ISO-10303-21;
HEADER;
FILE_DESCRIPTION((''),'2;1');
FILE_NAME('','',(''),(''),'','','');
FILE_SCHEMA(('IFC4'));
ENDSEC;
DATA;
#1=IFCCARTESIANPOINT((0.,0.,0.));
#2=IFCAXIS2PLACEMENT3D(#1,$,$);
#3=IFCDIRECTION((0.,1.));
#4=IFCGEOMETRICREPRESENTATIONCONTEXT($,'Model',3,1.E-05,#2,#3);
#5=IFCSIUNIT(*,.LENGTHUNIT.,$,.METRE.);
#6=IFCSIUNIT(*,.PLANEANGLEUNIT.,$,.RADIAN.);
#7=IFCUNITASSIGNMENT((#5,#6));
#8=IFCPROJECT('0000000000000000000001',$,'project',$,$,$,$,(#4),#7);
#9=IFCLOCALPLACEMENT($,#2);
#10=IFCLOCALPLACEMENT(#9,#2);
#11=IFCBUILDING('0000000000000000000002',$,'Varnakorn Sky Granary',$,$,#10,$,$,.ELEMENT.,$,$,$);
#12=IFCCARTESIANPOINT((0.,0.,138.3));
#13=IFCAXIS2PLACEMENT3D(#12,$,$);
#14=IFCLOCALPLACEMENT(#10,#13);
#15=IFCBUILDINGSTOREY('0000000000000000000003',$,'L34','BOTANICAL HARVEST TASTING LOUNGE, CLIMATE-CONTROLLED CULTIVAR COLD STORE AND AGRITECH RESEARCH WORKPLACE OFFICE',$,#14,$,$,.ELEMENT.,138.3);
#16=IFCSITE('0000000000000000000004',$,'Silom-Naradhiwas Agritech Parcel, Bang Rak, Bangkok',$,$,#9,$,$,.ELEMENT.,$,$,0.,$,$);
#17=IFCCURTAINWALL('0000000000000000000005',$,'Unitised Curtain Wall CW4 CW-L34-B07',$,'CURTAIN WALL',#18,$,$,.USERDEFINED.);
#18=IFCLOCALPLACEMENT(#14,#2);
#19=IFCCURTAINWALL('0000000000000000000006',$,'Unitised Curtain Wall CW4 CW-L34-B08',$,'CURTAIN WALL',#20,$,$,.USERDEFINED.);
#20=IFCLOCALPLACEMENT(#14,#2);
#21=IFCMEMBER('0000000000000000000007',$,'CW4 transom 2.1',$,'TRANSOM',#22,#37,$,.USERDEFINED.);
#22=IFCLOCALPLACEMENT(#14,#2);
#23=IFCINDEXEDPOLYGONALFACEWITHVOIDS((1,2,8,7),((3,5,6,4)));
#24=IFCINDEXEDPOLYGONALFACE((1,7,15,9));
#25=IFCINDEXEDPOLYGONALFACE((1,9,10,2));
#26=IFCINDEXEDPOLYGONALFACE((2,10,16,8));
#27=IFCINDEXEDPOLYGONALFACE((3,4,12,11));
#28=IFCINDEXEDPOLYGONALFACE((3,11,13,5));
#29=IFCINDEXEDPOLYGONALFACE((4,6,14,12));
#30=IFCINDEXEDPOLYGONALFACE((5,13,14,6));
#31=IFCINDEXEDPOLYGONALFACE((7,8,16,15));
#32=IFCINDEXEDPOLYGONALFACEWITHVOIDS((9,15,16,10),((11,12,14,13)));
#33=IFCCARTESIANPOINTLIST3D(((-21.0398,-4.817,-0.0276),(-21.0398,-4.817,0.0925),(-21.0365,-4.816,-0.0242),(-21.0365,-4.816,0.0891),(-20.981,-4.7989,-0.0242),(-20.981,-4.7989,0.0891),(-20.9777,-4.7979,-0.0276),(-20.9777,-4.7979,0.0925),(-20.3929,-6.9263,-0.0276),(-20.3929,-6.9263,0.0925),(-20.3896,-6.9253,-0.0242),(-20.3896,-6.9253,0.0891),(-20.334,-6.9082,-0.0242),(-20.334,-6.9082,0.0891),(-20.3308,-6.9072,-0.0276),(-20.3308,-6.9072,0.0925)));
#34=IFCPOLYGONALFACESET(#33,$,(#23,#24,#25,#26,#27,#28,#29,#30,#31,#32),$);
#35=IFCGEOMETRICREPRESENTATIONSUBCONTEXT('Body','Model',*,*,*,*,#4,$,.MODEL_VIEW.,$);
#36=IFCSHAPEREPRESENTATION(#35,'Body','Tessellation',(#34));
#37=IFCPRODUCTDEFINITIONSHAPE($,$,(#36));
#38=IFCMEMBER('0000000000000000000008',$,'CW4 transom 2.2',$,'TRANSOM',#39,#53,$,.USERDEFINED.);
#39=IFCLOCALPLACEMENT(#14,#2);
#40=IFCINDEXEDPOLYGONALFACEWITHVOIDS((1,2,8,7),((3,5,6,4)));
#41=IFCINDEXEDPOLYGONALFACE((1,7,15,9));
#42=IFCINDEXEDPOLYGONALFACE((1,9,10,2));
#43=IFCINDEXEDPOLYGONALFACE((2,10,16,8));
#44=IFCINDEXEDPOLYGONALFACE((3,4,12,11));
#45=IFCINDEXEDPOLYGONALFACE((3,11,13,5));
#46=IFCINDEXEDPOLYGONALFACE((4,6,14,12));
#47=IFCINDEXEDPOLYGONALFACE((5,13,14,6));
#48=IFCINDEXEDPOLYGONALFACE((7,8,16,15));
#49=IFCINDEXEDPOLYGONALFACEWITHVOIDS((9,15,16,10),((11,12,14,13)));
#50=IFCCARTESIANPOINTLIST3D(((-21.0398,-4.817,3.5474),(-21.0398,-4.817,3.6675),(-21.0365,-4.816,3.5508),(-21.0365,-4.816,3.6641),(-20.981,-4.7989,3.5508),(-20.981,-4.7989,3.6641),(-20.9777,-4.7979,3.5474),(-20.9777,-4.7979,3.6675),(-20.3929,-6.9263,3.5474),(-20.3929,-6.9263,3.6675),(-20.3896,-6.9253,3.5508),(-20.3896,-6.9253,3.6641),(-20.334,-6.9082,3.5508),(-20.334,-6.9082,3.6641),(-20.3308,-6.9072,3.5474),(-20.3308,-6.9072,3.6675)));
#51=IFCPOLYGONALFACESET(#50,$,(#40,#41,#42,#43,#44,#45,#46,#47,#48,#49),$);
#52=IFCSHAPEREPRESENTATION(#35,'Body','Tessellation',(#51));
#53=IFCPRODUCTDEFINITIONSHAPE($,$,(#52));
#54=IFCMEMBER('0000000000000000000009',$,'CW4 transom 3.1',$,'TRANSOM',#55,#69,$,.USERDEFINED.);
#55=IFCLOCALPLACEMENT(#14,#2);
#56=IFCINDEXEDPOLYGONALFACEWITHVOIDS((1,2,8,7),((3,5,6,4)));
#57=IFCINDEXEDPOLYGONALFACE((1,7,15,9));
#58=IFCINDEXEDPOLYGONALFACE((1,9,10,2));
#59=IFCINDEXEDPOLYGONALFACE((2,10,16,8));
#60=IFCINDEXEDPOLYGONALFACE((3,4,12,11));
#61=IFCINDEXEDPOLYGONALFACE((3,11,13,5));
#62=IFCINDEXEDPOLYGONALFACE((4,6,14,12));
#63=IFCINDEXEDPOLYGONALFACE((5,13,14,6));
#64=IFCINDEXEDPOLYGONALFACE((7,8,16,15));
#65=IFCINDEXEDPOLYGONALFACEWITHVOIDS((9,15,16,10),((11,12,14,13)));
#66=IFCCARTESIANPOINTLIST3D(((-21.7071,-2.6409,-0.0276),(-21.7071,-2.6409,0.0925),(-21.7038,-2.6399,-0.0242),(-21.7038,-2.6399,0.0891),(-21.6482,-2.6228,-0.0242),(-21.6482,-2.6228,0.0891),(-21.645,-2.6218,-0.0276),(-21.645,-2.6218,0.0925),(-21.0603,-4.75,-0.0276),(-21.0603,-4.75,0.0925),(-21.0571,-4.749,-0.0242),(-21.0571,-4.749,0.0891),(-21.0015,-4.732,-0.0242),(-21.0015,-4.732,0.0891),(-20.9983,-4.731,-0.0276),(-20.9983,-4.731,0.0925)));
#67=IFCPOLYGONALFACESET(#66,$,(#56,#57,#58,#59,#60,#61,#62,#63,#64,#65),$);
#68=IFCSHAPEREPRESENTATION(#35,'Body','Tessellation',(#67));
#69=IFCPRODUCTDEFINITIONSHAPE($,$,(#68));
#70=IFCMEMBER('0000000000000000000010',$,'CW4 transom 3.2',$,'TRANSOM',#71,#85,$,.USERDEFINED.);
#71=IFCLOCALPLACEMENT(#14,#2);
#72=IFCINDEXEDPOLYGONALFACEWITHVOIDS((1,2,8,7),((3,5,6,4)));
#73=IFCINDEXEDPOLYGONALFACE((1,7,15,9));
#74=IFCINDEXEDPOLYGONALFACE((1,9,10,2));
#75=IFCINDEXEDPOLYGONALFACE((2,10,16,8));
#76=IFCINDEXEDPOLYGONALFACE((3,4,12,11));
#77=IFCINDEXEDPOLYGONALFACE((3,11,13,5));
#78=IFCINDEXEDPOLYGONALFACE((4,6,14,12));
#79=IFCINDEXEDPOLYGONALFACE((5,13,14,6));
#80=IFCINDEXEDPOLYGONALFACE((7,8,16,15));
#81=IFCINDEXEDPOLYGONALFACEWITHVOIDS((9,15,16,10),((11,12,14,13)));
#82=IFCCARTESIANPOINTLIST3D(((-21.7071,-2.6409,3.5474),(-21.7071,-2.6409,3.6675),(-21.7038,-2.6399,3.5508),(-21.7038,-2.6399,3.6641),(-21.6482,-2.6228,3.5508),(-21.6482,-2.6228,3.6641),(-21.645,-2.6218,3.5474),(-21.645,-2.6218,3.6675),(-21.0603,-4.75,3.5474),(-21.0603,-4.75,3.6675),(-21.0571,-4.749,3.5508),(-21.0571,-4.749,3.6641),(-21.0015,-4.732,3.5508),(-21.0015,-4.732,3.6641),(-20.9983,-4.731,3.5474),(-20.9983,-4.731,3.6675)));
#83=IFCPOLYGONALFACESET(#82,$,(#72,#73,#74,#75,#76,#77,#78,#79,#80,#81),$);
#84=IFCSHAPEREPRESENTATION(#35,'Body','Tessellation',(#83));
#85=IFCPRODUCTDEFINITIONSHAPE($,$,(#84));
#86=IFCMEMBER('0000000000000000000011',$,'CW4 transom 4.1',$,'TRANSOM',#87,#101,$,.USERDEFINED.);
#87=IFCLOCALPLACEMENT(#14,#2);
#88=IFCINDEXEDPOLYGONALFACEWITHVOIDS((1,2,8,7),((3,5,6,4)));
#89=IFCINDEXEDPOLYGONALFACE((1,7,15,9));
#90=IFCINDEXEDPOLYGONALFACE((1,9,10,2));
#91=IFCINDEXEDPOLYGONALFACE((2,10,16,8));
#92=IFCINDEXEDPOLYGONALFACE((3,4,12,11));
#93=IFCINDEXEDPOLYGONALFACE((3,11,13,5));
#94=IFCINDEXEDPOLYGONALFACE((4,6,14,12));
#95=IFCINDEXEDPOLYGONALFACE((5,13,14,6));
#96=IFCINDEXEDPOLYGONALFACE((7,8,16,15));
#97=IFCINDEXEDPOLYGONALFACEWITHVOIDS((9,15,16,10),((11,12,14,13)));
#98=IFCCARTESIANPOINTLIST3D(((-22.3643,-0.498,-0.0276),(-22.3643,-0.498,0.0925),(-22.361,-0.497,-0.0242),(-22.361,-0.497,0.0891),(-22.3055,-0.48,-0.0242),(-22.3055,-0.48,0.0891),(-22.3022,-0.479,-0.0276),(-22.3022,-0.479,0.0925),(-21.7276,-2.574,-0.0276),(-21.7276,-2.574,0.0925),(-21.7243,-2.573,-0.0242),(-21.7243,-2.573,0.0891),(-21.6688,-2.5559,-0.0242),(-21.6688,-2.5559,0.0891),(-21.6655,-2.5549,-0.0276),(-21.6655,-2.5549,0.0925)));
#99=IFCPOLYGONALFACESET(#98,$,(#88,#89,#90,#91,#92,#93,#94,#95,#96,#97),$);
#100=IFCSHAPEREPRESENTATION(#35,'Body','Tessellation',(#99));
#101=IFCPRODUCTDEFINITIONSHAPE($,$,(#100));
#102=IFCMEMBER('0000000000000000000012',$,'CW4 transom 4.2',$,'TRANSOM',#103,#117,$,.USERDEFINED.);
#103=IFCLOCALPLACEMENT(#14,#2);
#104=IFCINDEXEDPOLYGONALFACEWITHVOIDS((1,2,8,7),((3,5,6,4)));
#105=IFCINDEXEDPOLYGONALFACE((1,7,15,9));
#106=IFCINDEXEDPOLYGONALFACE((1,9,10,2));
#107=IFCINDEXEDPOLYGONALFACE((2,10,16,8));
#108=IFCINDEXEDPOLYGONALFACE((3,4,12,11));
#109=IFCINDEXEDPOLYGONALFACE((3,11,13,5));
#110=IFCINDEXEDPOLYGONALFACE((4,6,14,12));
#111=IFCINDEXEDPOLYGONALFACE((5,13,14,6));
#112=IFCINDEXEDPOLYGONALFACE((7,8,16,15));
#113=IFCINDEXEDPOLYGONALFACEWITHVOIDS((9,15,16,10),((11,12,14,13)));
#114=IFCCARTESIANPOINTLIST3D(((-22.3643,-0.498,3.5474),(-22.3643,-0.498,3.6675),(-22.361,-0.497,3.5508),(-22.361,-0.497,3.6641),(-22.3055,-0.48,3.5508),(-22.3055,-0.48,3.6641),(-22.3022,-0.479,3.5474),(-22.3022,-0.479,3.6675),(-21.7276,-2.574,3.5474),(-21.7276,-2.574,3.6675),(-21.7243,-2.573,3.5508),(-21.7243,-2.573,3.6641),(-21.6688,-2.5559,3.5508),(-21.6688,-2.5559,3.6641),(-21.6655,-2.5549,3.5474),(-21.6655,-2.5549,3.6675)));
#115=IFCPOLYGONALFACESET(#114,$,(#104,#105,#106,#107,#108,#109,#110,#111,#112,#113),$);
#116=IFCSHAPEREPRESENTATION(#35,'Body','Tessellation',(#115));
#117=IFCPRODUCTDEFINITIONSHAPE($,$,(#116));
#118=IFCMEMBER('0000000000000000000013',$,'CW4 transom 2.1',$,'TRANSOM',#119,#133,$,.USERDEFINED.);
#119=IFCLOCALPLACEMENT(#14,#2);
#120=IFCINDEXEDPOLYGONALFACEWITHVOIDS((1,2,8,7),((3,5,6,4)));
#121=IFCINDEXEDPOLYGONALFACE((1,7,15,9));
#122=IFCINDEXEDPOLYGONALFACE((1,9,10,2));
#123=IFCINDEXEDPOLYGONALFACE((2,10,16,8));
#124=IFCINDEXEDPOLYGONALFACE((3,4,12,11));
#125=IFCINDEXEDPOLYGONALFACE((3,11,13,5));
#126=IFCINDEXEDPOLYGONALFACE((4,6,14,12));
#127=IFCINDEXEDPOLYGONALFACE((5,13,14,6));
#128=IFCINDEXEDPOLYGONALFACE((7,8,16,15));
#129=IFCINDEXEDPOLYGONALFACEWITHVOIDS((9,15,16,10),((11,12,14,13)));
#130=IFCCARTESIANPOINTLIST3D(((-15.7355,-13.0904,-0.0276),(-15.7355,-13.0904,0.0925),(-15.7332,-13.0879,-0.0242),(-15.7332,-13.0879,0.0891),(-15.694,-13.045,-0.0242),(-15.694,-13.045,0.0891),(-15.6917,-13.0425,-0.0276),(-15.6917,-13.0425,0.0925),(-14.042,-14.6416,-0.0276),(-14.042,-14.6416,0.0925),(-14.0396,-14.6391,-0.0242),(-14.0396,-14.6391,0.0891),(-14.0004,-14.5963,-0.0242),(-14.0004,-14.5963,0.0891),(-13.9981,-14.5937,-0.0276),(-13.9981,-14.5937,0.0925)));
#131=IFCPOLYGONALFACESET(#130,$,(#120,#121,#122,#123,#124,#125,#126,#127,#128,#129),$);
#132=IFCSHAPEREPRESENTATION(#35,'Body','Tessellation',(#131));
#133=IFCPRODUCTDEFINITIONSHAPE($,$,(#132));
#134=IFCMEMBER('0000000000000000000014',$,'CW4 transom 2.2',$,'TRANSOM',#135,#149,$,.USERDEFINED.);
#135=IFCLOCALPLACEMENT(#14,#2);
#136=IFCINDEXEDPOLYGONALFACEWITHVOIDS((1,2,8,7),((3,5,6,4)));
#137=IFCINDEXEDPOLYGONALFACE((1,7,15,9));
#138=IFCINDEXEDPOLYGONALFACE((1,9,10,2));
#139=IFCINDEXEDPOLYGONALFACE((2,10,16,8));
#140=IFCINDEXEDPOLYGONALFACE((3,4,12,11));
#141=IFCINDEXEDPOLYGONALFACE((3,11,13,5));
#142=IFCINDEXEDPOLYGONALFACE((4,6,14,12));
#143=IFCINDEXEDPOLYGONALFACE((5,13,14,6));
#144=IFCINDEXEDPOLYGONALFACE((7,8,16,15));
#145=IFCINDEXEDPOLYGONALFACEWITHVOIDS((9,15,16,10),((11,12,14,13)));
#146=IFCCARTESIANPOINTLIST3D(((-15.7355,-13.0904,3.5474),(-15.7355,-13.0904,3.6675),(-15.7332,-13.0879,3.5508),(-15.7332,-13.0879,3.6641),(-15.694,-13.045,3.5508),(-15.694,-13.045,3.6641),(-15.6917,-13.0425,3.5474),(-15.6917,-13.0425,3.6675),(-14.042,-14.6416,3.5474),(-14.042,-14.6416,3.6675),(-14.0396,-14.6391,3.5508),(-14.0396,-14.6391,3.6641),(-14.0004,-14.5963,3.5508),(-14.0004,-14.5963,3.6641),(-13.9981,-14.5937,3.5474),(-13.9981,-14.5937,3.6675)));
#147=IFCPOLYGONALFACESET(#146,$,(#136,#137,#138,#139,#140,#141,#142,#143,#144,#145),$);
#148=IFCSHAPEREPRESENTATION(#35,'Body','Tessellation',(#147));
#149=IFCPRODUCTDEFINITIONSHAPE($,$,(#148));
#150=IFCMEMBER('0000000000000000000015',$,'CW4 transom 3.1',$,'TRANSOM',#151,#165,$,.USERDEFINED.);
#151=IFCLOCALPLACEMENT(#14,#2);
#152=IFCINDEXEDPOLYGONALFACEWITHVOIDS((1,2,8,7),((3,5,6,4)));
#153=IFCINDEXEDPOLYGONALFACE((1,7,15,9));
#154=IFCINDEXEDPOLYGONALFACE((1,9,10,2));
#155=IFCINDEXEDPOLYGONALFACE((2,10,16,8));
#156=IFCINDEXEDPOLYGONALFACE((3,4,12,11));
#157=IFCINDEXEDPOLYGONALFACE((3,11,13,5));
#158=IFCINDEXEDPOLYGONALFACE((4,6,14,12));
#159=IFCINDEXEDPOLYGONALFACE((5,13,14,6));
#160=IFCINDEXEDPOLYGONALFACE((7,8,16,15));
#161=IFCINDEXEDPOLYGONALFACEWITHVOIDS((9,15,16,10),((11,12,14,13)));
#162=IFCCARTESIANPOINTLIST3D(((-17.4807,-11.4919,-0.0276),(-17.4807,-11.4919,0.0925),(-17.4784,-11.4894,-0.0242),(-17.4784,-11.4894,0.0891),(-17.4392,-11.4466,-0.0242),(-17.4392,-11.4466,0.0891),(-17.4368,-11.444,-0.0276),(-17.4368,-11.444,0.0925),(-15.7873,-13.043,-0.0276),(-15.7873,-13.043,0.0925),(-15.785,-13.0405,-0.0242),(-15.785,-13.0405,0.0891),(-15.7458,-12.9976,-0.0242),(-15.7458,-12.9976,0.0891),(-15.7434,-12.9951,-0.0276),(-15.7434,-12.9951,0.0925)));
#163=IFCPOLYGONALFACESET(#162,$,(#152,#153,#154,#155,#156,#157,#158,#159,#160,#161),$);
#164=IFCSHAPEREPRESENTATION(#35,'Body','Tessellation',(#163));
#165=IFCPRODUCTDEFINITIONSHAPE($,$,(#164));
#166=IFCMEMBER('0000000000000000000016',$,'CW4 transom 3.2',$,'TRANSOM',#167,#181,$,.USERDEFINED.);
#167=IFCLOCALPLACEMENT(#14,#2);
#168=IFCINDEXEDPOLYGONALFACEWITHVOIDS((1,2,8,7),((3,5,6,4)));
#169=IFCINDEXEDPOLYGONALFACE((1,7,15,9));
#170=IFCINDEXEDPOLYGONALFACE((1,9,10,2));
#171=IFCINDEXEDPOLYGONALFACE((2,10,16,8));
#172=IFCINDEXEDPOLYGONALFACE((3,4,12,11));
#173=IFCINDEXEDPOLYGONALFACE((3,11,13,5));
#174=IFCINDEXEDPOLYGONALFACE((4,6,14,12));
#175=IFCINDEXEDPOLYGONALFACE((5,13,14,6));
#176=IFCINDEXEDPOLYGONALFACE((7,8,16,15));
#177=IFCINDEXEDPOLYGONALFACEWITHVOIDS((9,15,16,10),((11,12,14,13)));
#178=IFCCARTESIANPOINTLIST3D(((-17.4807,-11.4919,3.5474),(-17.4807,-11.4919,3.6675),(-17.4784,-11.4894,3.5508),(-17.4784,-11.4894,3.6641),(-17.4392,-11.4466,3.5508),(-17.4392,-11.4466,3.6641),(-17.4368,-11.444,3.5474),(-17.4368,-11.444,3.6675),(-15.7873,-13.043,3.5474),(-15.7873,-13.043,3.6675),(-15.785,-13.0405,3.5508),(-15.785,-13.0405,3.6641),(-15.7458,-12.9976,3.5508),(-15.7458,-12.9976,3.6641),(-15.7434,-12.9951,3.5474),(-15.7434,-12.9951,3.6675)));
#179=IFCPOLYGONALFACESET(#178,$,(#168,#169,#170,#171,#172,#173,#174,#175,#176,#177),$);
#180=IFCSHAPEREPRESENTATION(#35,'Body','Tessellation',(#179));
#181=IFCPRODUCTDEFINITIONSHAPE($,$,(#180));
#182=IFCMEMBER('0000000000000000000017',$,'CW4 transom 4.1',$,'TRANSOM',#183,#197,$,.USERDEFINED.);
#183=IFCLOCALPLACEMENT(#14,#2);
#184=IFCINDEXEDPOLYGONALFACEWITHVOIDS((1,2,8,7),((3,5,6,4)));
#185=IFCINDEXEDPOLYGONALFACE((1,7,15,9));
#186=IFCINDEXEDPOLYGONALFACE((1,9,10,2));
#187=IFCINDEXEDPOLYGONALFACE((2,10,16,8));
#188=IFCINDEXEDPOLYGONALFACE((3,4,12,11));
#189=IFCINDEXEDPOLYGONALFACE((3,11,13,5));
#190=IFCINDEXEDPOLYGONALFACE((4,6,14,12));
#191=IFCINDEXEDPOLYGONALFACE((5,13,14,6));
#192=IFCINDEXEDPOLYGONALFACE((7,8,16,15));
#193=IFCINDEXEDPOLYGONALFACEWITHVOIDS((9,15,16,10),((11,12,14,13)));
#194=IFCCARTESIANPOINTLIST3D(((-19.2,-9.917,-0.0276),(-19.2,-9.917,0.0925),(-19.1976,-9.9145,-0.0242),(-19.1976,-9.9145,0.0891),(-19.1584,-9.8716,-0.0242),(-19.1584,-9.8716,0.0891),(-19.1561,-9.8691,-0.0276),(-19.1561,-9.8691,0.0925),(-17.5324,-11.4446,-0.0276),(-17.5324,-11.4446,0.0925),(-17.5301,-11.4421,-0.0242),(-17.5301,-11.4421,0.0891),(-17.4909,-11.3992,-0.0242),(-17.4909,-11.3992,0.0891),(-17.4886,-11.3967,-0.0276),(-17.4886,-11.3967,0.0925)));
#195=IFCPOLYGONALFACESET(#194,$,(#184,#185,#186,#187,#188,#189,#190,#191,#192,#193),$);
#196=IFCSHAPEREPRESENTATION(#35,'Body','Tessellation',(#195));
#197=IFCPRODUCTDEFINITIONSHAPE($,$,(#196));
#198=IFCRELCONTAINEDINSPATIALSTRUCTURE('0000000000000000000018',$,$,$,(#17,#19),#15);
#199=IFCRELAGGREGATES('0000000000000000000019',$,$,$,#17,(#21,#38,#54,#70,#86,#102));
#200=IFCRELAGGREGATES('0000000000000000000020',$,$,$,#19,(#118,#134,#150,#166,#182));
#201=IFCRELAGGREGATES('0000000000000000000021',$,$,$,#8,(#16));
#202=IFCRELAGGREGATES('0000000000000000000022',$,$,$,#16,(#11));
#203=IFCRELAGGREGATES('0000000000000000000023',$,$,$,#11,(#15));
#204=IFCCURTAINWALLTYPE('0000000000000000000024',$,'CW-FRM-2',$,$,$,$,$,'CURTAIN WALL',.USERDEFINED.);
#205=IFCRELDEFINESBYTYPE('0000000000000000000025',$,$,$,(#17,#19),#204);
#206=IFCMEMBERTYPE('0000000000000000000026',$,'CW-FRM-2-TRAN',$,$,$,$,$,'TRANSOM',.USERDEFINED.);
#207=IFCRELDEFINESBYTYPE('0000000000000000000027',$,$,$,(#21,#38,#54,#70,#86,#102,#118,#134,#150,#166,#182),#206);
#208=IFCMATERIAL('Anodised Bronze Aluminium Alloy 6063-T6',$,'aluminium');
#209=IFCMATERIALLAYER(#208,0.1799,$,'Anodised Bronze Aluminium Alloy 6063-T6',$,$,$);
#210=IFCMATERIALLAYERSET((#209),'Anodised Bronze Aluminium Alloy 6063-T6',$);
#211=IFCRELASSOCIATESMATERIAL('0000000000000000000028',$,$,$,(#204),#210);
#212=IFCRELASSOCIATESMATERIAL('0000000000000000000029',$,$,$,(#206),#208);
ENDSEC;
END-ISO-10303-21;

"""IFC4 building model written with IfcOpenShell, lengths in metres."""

from ifc_helpers import new_model, si_unit, direction, frame, origin, origin_2d, place, context, subcontext, project, spatial, hollow_rectangle, extrude, material, layer, layer_set, material_profile, profile_set, type_object, element, aggregate, save


model = new_model("IFC4")

# Units and contexts
model_context = context("Model", 3, precision=1e-05, world=origin(), true_north=direction((0.0, 1.0)))
body_context = subcontext(model_context, "Body", "Model", "MODEL_VIEW")
ifc_project = project(units=[si_unit("LENGTHUNIT", "METRE"), si_unit("PLANEANGLEUNIT", "RADIAN")], contexts=[model_context])

# Site, building, storey
site_placement = place(None, origin())
site = spatial("IfcSite", under=ifc_project, at=site_placement, Name="Silom-Naradhiwas Agritech Parcel, Bang Rak, Bangkok", CompositionType="ELEMENT", RefElevation=0.0)
building_placement = place(site_placement, origin())
building = spatial("IfcBuilding", under=site, at=building_placement, Name="Varnakorn Sky Granary", CompositionType="ELEMENT")
storey_placement = place(building_placement, frame((0.0, 0.0, 138.3)))
storey = spatial("IfcBuildingStorey", under=building, at=storey_placement, Name="L34", Description="BOTANICAL HARVEST TASTING LOUNGE, CLIMATE-CONTROLLED CULTIVAR COLD STORE AND AGRITECH RESEARCH WORKPLACE OFFICE", CompositionType="ELEMENT", Elevation=138.3)

# Curtain walls
ifc_material_1 = material(Name="Anodised Bronze Aluminium Alloy 6063-T6", Category="aluminium")
ifc_layer_1 = layer(ifc_material_1, 0.1799, Name="Anodised Bronze Aluminium Alloy 6063-T6")
ifc_layer_set_1 = layer_set([ifc_layer_1], Name="Anodised Bronze Aluminium Alloy 6063-T6")
curtain_wall_type = type_object("IfcCurtainWallType", Name="CW-FRM-2", ElementType="CURTAIN WALL", PredefinedType="USERDEFINED", material=ifc_layer_set_1)
curtain_wall_1_placement = place(storey_placement, origin())
curtain_wall_1 = element("IfcCurtainWall", 1, at=curtain_wall_1_placement, inside=storey, type_object=curtain_wall_type, Name="Unitised Curtain Wall CW4 CW-L34-B07", ObjectType="CURTAIN WALL", PredefinedType="USERDEFINED")
curtain_wall_2_placement = place(storey_placement, origin())
curtain_wall_2 = element("IfcCurtainWall", 2, at=curtain_wall_2_placement, inside=storey, type_object=curtain_wall_type, Name="Unitised Curtain Wall CW4 CW-L34-B08", ObjectType="CURTAIN WALL", PredefinedType="USERDEFINED")

# Members
ifc_material_profile_1 = material_profile(ifc_material_1, hollow_rectangle(XDim=0.0649, YDim=0.1201, WallThickness=0.0034, at=origin_2d()), Name="ALU TRAN 65x120")
ifc_profile_set_1 = profile_set([ifc_material_profile_1], Name="Anodised Bronze Aluminium Alloy 6063-T6")
member_type_1 = type_object("IfcMemberType", Name="CW-FRM-2-TRAN", ElementType="TRANSOM", PredefinedType="USERDEFINED", material=ifc_profile_set_1)
member_1_placement = place(storey_placement, frame((-20.3618, -6.9167, 0.0325), z_axis=(-0.29323, 0.956042, 0.0), x_axis=(-0.956042, -0.29323, 0.0)))
member_1 = element("IfcMember", 3, at=member_1_placement, type_object=member_type_1, Name="CW4 transom 2.1", ObjectType="TRANSOM", PredefinedType="USERDEFINED", context=body_context, shape_type="SweptSolid", body=[
    extrude(hollow_rectangle(XDim=0.0649, YDim=0.1201, WallThickness=0.0034, at=origin_2d()), origin(), (0.0, 0.0, 1.0), 2.2063),
])
member_2_placement = place(storey_placement, frame((-20.3618, -6.9167, 3.6074), z_axis=(-0.29323, 0.956042, 0.0), x_axis=(-0.956042, -0.29323, 0.0)))
member_2 = element("IfcMember", 4, at=member_2_placement, type_object=member_type_1, Name="CW4 transom 2.2", ObjectType="TRANSOM", PredefinedType="USERDEFINED", context=body_context, shape_type="SweptSolid", body=[
    extrude(hollow_rectangle(XDim=0.0649, YDim=0.1201, WallThickness=0.0034, at=origin_2d()), origin(), (0.0, 0.0, 1.0), 2.2063),
])
member_3_placement = place(storey_placement, frame((-21.0293, -4.7405, 0.0325), z_axis=(-0.29316, 0.956063, 0.0), x_axis=(-0.956063, -0.29316, 0.0)))
member_3 = element("IfcMember", 5, at=member_3_placement, type_object=member_type_1, Name="CW4 transom 3.1", ObjectType="TRANSOM", PredefinedType="USERDEFINED", context=body_context, shape_type="SweptSolid", body=[
    extrude(hollow_rectangle(XDim=0.0649, YDim=0.1201, WallThickness=0.0034, at=origin_2d()), origin(), (0.0, 0.0, 1.0), 2.2061),
])
member_4_placement = place(storey_placement, frame((-21.0293, -4.7405, 3.6074), z_axis=(-0.29316, 0.956063, 0.0), x_axis=(-0.956063, -0.29316, 0.0)))
member_4 = element("IfcMember", 6, at=member_4_placement, type_object=member_type_1, Name="CW4 transom 3.2", ObjectType="TRANSOM", PredefinedType="USERDEFINED", context=body_context, shape_type="SweptSolid", body=[
    extrude(hollow_rectangle(XDim=0.0649, YDim=0.1201, WallThickness=0.0034, at=origin_2d()), origin(), (0.0, 0.0, 1.0), 2.2061),
])
member_5_placement = place(storey_placement, frame((-21.6965, -2.5645, 0.0325), z_axis=(-0.293232, 0.956041, 0.0), x_axis=(-0.956041, -0.293232, 0.0)))
member_5 = element("IfcMember", 7, at=member_5_placement, type_object=member_type_1, Name="CW4 transom 4.1", ObjectType="TRANSOM", PredefinedType="USERDEFINED", context=body_context, shape_type="SweptSolid", body=[
    extrude(hollow_rectangle(XDim=0.0649, YDim=0.1201, WallThickness=0.0034, at=origin_2d()), origin(), (0.0, 0.0, 1.0), 2.1714),
])
member_6_placement = place(storey_placement, frame((-21.6965, -2.5645, 3.6074), z_axis=(-0.293232, 0.956041, 0.0), x_axis=(-0.956041, -0.293232, 0.0)))
member_6 = element("IfcMember", 8, at=member_6_placement, type_object=member_type_1, Name="CW4 transom 4.2", ObjectType="TRANSOM", PredefinedType="USERDEFINED", context=body_context, shape_type="SweptSolid", body=[
    extrude(hollow_rectangle(XDim=0.0649, YDim=0.1201, WallThickness=0.0034, at=origin_2d()), origin(), (0.0, 0.0, 1.0), 2.1714),
])
member_7_placement = place(storey_placement, frame((-14.02, -14.6177, 0.0325), z_axis=(-0.737414, 0.675441, 0.0), x_axis=(-0.675441, -0.737414, 0.0)))
member_7 = element("IfcMember", 9, at=member_7_placement, type_object=member_type_1, Name="CW4 transom 2.1", ObjectType="TRANSOM", PredefinedType="USERDEFINED", context=body_context, shape_type="SweptSolid", body=[
    extrude(hollow_rectangle(XDim=0.0649, YDim=0.1201, WallThickness=0.0034, at=origin_2d()), origin(), (0.0, 0.0, 1.0), 2.2966),
])
member_8_placement = place(storey_placement, frame((-14.02, -14.6177, 3.6074), z_axis=(-0.737414, 0.675441, 0.0), x_axis=(-0.675441, -0.737414, 0.0)))
member_8 = element("IfcMember", 10, at=member_8_placement, type_object=member_type_1, Name="CW4 transom 2.2", ObjectType="TRANSOM", PredefinedType="USERDEFINED", context=body_context, shape_type="SweptSolid", body=[
    extrude(hollow_rectangle(XDim=0.0649, YDim=0.1201, WallThickness=0.0034, at=origin_2d()), origin(), (0.0, 0.0, 1.0), 2.2966),
])
member_9_placement = place(storey_placement, frame((-15.7654, -13.019, 0.0325), z_axis=(-0.737419, 0.675436, 0.0), x_axis=(-0.675436, -0.737419, 0.0)))
member_9 = element("IfcMember", 11, at=member_9_placement, type_object=member_type_1, Name="CW4 transom 3.1", ObjectType="TRANSOM", PredefinedType="USERDEFINED", context=body_context, shape_type="SweptSolid", body=[
    extrude(hollow_rectangle(XDim=0.0649, YDim=0.1201, WallThickness=0.0034, at=origin_2d()), origin(), (0.0, 0.0, 1.0), 2.2964),
])
member_10_placement = place(storey_placement, frame((-15.7654, -13.019, 3.6074), z_axis=(-0.737419, 0.675436, 0.0), x_axis=(-0.675436, -0.737419, 0.0)))
member_10 = element("IfcMember", 12, at=member_10_placement, type_object=member_type_1, Name="CW4 transom 3.2", ObjectType="TRANSOM", PredefinedType="USERDEFINED", context=body_context, shape_type="SweptSolid", body=[
    extrude(hollow_rectangle(XDim=0.0649, YDim=0.1201, WallThickness=0.0034, at=origin_2d()), origin(), (0.0, 0.0, 1.0), 2.2964),
])
member_11_placement = place(storey_placement, frame((-17.5105, -11.4207, 0.0325), z_axis=(-0.73736, 0.6755, 0.0), x_axis=(-0.6755, -0.73736, 0.0)))
member_11 = element("IfcMember", 13, at=member_11_placement, type_object=member_type_1, Name="CW4 transom 4.1", ObjectType="TRANSOM", PredefinedType="USERDEFINED", context=body_context, shape_type="SweptSolid", body=[
    extrude(hollow_rectangle(XDim=0.0649, YDim=0.1201, WallThickness=0.0034, at=origin_2d()), origin(), (0.0, 0.0, 1.0), 2.2615),
])

aggregate(curtain_wall_1, [member_1, member_2, member_3, member_4, member_5, member_6])
aggregate(curtain_wall_2, [member_7, member_8, member_9, member_10, member_11])

save(model, "model.ifc")
